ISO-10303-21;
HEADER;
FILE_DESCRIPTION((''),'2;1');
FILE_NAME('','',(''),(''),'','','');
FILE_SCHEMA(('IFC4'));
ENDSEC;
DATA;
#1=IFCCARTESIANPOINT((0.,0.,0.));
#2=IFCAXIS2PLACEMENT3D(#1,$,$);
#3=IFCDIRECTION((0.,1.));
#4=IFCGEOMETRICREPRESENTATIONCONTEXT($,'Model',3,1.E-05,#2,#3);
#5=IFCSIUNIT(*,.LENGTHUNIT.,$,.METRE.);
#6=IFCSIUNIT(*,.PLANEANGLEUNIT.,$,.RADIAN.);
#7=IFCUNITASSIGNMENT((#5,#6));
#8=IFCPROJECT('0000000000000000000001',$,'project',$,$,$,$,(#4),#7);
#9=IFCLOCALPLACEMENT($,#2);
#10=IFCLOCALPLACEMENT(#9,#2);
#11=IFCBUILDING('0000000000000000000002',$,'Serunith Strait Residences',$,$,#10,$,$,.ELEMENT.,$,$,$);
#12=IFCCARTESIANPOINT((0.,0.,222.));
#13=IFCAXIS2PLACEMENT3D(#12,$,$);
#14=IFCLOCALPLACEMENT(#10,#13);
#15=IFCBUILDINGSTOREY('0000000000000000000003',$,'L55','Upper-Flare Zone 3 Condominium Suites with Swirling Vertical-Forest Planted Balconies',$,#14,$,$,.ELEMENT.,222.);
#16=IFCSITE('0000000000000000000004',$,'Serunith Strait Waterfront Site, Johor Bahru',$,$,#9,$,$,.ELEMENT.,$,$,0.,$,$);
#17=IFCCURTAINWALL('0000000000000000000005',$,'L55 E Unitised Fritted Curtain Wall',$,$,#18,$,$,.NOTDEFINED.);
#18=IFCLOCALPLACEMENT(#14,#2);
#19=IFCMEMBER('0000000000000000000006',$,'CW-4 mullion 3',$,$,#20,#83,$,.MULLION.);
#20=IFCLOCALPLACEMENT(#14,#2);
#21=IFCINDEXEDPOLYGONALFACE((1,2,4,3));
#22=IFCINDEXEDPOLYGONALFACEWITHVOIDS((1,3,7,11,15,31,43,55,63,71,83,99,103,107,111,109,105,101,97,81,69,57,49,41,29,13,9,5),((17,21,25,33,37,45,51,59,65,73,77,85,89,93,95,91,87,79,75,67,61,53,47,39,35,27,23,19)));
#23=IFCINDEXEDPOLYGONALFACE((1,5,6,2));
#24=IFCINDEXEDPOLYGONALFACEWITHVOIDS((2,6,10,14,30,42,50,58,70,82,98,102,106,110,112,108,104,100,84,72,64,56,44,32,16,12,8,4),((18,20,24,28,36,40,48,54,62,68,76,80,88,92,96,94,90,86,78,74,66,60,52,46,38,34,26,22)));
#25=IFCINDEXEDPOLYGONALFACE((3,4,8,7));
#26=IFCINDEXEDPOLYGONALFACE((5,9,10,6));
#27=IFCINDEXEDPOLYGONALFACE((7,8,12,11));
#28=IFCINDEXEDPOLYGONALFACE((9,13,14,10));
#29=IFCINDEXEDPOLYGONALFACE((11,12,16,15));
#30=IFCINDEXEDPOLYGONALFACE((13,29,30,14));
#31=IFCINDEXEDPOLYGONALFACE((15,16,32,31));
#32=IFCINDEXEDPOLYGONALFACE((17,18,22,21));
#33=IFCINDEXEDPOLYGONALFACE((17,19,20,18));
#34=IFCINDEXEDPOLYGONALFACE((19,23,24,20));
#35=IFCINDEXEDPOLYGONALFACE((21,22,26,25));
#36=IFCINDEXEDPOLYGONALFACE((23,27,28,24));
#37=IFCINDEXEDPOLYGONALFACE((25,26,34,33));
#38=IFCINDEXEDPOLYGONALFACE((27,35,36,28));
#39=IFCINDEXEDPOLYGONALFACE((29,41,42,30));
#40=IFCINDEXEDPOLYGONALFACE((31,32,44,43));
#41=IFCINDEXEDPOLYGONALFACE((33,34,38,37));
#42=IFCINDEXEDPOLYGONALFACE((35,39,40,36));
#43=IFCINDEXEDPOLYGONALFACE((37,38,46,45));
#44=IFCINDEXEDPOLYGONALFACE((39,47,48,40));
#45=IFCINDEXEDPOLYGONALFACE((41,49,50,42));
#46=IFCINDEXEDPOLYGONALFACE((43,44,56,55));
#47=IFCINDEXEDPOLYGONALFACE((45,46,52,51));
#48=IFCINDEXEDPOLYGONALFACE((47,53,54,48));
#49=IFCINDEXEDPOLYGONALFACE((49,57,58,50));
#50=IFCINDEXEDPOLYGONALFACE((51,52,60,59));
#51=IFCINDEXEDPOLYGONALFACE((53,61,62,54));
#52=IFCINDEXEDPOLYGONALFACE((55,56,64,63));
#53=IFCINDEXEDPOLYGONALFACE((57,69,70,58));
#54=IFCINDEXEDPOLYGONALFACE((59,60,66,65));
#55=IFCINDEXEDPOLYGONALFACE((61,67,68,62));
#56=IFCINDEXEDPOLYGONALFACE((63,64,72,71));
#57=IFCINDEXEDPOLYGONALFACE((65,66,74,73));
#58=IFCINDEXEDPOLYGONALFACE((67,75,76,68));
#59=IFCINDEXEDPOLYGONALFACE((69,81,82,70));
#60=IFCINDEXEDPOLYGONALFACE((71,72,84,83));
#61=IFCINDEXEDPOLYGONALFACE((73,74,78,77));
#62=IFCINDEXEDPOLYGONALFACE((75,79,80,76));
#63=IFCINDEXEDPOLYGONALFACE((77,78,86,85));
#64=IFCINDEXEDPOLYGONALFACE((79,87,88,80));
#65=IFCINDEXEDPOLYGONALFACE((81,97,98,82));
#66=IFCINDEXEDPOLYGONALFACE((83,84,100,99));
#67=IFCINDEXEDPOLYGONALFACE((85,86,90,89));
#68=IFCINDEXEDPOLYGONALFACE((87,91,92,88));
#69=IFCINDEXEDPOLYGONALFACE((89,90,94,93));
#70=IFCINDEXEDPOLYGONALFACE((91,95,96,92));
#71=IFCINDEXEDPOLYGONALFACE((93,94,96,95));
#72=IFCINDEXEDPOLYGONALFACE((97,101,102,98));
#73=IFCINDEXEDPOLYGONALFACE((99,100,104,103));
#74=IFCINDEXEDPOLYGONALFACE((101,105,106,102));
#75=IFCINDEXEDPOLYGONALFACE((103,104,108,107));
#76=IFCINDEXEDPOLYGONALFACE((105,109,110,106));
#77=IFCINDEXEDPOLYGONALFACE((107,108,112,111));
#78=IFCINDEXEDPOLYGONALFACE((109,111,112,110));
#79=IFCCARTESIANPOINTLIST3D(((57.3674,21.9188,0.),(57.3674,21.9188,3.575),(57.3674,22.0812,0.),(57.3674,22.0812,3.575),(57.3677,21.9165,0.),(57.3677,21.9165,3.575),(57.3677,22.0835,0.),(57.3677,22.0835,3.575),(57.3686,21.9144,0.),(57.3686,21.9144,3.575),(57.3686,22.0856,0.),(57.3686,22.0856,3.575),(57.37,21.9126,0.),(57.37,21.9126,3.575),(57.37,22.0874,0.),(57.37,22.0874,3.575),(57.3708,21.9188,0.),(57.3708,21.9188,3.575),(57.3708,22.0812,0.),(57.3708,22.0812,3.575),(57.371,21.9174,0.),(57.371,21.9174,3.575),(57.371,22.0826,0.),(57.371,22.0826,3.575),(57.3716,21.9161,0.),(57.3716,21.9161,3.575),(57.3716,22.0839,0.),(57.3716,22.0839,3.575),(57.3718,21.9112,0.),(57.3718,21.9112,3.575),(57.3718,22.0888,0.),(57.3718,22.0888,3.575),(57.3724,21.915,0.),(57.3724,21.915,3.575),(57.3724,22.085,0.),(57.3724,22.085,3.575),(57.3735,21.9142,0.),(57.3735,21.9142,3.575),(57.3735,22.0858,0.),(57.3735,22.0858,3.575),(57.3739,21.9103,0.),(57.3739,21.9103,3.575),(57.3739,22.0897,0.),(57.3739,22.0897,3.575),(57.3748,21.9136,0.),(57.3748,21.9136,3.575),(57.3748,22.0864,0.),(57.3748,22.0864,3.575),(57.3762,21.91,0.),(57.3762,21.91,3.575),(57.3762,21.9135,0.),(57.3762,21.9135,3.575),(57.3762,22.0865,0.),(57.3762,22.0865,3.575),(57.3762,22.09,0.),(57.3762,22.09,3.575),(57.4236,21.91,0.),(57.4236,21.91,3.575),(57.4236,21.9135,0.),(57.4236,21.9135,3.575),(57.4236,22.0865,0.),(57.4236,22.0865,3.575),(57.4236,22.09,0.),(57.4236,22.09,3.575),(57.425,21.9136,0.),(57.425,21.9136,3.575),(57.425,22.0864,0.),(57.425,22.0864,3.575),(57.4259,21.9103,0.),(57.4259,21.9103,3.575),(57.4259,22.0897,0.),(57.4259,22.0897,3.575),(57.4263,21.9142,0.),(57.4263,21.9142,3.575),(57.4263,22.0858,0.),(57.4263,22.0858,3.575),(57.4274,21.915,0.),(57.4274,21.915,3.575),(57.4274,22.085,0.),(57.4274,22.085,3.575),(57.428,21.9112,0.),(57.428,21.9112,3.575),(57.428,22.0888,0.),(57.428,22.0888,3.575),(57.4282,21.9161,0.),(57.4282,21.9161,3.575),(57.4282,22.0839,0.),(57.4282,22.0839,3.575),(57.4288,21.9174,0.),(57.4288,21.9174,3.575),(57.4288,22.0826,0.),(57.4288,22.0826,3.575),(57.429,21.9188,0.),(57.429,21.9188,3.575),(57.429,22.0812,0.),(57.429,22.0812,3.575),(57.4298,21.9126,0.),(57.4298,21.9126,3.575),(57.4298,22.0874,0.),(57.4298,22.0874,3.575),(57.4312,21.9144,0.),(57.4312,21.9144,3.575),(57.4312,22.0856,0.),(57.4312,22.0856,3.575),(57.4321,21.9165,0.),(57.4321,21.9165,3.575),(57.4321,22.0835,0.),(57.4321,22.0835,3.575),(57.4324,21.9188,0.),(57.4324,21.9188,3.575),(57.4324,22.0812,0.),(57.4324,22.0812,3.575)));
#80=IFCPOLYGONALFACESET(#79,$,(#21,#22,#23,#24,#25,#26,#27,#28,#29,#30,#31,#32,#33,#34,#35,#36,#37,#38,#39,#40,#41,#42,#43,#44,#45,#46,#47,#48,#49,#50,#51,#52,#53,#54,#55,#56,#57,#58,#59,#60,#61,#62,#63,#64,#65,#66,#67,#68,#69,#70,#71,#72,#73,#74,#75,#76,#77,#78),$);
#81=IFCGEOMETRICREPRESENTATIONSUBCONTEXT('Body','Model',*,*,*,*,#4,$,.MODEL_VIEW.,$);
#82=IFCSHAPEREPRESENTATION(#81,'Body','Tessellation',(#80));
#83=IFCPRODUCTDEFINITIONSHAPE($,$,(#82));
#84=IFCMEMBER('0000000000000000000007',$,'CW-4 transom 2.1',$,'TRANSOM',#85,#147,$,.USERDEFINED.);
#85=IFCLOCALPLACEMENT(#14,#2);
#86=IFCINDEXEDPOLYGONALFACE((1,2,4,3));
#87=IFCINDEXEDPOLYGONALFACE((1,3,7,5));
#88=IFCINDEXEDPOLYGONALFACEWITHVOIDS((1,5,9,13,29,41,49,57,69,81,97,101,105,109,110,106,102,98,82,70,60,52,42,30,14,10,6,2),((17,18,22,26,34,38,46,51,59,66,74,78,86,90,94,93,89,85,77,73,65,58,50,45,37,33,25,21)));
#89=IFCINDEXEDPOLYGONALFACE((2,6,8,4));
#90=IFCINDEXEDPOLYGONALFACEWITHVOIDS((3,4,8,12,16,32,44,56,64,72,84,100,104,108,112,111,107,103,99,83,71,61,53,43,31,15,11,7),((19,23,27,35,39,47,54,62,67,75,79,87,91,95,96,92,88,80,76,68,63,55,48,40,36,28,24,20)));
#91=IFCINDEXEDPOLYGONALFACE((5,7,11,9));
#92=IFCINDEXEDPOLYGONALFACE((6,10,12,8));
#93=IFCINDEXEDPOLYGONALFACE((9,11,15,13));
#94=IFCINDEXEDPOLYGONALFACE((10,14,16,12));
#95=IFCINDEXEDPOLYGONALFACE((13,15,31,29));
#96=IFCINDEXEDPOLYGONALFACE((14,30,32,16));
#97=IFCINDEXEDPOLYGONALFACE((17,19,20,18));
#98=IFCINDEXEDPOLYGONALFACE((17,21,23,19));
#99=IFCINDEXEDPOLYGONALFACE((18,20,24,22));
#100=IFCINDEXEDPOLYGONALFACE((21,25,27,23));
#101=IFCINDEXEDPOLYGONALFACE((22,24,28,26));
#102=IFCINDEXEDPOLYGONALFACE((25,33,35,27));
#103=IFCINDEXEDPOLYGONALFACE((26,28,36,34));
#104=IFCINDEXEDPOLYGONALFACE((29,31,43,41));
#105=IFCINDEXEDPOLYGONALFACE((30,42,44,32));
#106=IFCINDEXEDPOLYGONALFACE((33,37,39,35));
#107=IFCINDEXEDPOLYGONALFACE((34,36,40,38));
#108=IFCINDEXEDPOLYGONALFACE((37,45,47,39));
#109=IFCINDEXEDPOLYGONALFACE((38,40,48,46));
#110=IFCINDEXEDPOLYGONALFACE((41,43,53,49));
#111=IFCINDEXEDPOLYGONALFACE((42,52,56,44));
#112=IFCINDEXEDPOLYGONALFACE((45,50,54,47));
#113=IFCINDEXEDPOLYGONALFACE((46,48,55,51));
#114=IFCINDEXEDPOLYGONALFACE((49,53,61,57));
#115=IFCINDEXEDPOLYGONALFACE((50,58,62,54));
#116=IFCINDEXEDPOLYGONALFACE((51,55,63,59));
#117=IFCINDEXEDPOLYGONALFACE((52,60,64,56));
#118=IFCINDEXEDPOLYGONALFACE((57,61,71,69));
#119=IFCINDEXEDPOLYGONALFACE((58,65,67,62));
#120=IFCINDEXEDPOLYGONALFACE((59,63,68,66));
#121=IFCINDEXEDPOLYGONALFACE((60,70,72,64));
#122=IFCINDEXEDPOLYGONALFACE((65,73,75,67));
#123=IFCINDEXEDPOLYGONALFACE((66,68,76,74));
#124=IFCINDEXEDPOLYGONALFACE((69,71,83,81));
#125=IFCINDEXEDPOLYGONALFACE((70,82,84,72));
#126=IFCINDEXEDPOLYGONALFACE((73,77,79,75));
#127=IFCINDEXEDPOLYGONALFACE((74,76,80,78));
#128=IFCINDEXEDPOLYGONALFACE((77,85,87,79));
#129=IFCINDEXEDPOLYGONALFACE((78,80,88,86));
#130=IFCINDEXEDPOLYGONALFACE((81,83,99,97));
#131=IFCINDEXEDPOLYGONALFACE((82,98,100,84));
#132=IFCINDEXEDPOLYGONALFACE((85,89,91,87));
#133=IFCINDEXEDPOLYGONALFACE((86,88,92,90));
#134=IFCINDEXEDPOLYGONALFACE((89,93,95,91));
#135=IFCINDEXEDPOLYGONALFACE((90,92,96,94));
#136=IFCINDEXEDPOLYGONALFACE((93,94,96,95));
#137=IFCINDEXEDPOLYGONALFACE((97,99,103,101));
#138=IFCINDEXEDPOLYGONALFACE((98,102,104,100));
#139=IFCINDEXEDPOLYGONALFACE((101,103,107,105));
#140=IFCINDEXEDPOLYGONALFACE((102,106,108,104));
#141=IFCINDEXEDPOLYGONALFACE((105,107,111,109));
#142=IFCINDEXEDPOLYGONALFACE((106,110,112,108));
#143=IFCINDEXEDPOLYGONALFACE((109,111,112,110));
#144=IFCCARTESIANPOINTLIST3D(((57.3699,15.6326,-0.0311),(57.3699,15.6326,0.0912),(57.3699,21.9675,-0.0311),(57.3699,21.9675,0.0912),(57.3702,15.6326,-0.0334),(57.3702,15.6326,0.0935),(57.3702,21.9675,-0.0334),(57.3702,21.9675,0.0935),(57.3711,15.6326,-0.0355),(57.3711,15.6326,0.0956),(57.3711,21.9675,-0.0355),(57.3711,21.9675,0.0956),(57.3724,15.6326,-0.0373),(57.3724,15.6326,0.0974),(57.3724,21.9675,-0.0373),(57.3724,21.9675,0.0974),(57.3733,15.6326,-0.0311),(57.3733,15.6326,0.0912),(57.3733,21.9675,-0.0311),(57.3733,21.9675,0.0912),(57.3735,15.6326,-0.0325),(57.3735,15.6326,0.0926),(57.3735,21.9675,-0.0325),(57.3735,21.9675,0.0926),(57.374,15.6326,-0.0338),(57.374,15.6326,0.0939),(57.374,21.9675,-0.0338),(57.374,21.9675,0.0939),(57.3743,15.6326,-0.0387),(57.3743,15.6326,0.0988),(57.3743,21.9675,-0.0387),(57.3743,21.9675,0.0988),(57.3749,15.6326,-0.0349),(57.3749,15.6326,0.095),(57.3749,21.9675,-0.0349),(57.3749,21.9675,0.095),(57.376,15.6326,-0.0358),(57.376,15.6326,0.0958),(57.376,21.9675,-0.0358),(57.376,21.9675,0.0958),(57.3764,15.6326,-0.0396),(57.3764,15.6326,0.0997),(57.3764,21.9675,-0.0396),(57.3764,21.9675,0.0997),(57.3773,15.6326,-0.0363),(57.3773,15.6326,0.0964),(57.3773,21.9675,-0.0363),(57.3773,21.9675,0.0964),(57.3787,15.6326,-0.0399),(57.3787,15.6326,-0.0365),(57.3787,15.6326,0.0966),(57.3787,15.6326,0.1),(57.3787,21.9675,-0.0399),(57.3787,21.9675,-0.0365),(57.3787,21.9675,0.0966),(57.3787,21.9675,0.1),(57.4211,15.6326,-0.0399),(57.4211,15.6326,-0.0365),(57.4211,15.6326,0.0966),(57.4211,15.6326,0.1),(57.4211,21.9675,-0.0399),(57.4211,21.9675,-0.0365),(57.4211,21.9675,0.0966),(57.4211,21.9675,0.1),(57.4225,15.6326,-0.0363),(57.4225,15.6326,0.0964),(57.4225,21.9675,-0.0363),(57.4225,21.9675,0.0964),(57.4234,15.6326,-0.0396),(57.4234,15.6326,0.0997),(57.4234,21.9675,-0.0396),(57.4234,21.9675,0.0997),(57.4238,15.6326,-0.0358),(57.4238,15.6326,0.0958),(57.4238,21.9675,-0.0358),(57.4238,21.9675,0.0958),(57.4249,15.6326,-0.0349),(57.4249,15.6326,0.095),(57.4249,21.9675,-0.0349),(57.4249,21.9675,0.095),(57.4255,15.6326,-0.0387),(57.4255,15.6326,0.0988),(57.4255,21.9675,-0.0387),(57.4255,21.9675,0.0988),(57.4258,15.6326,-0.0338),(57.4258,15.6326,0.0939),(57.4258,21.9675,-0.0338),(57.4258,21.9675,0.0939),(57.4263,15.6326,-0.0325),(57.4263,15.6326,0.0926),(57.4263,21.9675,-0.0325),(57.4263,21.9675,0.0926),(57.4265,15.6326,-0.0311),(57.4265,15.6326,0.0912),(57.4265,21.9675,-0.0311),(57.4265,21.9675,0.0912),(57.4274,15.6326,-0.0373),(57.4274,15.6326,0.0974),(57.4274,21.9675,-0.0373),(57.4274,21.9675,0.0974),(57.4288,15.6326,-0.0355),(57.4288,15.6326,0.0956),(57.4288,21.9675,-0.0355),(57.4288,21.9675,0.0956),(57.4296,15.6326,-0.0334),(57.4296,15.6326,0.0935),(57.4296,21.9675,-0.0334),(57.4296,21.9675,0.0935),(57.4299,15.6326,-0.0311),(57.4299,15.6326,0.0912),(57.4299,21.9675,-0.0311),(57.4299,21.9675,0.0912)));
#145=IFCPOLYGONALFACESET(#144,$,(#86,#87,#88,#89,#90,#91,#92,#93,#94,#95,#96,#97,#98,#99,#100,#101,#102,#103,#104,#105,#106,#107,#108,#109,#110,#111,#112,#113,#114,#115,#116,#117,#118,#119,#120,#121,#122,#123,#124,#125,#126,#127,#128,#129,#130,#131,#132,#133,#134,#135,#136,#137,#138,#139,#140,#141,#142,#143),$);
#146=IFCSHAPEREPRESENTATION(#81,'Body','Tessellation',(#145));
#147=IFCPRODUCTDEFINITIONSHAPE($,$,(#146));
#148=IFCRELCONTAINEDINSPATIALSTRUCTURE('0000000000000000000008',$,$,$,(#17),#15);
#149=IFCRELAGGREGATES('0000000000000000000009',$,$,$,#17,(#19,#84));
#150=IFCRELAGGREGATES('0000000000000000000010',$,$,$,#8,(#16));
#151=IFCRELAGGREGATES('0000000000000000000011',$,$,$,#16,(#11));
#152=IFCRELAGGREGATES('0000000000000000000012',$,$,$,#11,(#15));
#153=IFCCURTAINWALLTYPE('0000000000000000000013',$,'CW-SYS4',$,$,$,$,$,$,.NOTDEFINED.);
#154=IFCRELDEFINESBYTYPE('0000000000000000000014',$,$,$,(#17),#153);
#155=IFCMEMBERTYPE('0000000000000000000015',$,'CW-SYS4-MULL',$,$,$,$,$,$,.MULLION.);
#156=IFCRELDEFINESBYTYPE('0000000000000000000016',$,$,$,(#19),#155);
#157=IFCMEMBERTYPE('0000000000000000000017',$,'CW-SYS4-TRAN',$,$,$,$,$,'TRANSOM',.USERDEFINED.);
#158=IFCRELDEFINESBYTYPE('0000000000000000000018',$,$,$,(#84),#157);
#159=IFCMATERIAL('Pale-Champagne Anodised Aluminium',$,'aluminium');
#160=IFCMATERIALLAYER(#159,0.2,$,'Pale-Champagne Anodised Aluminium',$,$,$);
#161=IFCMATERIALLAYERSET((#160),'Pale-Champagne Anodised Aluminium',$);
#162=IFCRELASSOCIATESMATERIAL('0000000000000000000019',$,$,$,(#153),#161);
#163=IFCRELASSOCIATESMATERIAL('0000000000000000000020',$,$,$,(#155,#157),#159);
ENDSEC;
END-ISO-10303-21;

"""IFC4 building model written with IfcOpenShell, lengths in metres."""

from ifc_helpers import new_model, si_unit, direction, frame, origin, origin_2d, place, context, subcontext, project, spatial, hollow_rectangle, extrude, source, transform, mapped, material, layer, layer_set, material_profile, profile_set, type_object, element, aggregate, save


model = new_model("IFC4")

# Units and contexts
model_context = context("Model", 3, precision=1e-05, world=origin(), true_north=direction((0.0, 1.0)))
body_context = subcontext(model_context, "Body", "Model", "MODEL_VIEW")
ifc_project = project(units=[si_unit("LENGTHUNIT", "METRE"), si_unit("PLANEANGLEUNIT", "RADIAN")], contexts=[model_context])

# Site, building, storey
site_placement = place(None, origin())
site = spatial("IfcSite", under=ifc_project, at=site_placement, Name="Serunith Strait Waterfront Site, Johor Bahru", CompositionType="ELEMENT", RefElevation=0.0)
building_placement = place(site_placement, origin())
building = spatial("IfcBuilding", under=site, at=building_placement, Name="Serunith Strait Residences", CompositionType="ELEMENT")
storey_placement = place(building_placement, frame((0.0, 0.0, 222.0)))
storey = spatial("IfcBuildingStorey", under=building, at=storey_placement, Name="L55", Description="Upper-Flare Zone 3 Condominium Suites with Swirling Vertical-Forest Planted Balconies", CompositionType="ELEMENT", Elevation=222.0)

# Curtain wall, members
ifc_material_1 = material(Name="Pale-Champagne Anodised Aluminium", Category="aluminium")
ifc_layer_1 = layer(ifc_material_1, 0.2, Name="Pale-Champagne Anodised Aluminium")
ifc_layer_set_1 = layer_set([ifc_layer_1], Name="Pale-Champagne Anodised Aluminium")
curtain_wall_type = type_object("IfcCurtainWallType", Name="CW-SYS4", PredefinedType="NOTDEFINED", material=ifc_layer_set_1)
curtain_wall_placement = place(storey_placement, origin())
curtain_wall = element("IfcCurtainWall", 1, at=curtain_wall_placement, inside=storey, type_object=curtain_wall_type, Name="L55 E Unitised Fritted Curtain Wall", PredefinedType="NOTDEFINED")
ifc_material_profile_1 = material_profile(ifc_material_1, hollow_rectangle(XDim=0.0649, YDim=0.1799, WallThickness=0.0034, InnerFilletRadius=0.0054, OuterFilletRadius=0.0088, at=origin_2d()), Name="ALU 180x65x3.5")
ifc_profile_set_1 = profile_set([ifc_material_profile_1], Name="Pale-Champagne Anodised Aluminium")
member_type_1 = type_object("IfcMemberType", Name="CW-SYS4-MULL", PredefinedType="MULLION", material=ifc_profile_set_1)
shared_shape_1 = source(origin(), body_context, "Body", "SweptSolid", [
    extrude(hollow_rectangle(XDim=0.0649, YDim=0.1799, WallThickness=0.0034, InnerFilletRadius=0.0054, OuterFilletRadius=0.0088, at=origin_2d()), origin(), (0.0, 0.0, 1.0), 3.575),
])
member_1_placement = place(storey_placement, frame((57.3999, 22.0, 0.0), z_axis=(0.0, 0.0, 1.0), x_axis=(-1.0, 0.0, 0.0)))
member_1 = element("IfcMember", 2, at=member_1_placement, type_object=member_type_1, Name="CW-4 mullion 3", PredefinedType="MULLION", context=body_context, shape_type="MappedRepresentation", body=[
    mapped(shared_shape_1, transform((0.0, 0.0, 0.0), scale=1.0)),
])
ifc_material_profile_2 = material_profile(ifc_material_1, hollow_rectangle(XDim=0.0601, YDim=0.1399, WallThickness=0.0034, InnerFilletRadius=0.0054, OuterFilletRadius=0.0088, at=origin_2d()), Name="ALU 140x60x3.5")
ifc_profile_set_2 = profile_set([ifc_material_profile_2], Name="Pale-Champagne Anodised Aluminium")
member_type_2 = type_object("IfcMemberType", Name="CW-SYS4-TRAN", ElementType="TRANSOM", PredefinedType="USERDEFINED", material=ifc_profile_set_2)
shared_shape_2 = source(origin(), body_context, "Body", "SweptSolid", [
    extrude(hollow_rectangle(XDim=0.0601, YDim=0.1399, WallThickness=0.0034, InnerFilletRadius=0.0054, OuterFilletRadius=0.0088, at=origin_2d()), origin(), (0.0, 0.0, 1.0), 6.335),
])
member_2_placement = place(storey_placement, frame((57.3999, 15.6326, 0.03), z_axis=(0.0, 1.0, 0.0), x_axis=(-1.0, 0.0, 0.0)))
member_2 = element("IfcMember", 3, at=member_2_placement, type_object=member_type_2, Name="CW-4 transom 2.1", ObjectType="TRANSOM", PredefinedType="USERDEFINED", context=body_context, shape_type="MappedRepresentation", body=[
    mapped(shared_shape_2, transform((0.0, 0.0, 0.0), scale=1.0)),
])
aggregate(curtain_wall, [member_1, member_2])

save(model, "model.ifc")
